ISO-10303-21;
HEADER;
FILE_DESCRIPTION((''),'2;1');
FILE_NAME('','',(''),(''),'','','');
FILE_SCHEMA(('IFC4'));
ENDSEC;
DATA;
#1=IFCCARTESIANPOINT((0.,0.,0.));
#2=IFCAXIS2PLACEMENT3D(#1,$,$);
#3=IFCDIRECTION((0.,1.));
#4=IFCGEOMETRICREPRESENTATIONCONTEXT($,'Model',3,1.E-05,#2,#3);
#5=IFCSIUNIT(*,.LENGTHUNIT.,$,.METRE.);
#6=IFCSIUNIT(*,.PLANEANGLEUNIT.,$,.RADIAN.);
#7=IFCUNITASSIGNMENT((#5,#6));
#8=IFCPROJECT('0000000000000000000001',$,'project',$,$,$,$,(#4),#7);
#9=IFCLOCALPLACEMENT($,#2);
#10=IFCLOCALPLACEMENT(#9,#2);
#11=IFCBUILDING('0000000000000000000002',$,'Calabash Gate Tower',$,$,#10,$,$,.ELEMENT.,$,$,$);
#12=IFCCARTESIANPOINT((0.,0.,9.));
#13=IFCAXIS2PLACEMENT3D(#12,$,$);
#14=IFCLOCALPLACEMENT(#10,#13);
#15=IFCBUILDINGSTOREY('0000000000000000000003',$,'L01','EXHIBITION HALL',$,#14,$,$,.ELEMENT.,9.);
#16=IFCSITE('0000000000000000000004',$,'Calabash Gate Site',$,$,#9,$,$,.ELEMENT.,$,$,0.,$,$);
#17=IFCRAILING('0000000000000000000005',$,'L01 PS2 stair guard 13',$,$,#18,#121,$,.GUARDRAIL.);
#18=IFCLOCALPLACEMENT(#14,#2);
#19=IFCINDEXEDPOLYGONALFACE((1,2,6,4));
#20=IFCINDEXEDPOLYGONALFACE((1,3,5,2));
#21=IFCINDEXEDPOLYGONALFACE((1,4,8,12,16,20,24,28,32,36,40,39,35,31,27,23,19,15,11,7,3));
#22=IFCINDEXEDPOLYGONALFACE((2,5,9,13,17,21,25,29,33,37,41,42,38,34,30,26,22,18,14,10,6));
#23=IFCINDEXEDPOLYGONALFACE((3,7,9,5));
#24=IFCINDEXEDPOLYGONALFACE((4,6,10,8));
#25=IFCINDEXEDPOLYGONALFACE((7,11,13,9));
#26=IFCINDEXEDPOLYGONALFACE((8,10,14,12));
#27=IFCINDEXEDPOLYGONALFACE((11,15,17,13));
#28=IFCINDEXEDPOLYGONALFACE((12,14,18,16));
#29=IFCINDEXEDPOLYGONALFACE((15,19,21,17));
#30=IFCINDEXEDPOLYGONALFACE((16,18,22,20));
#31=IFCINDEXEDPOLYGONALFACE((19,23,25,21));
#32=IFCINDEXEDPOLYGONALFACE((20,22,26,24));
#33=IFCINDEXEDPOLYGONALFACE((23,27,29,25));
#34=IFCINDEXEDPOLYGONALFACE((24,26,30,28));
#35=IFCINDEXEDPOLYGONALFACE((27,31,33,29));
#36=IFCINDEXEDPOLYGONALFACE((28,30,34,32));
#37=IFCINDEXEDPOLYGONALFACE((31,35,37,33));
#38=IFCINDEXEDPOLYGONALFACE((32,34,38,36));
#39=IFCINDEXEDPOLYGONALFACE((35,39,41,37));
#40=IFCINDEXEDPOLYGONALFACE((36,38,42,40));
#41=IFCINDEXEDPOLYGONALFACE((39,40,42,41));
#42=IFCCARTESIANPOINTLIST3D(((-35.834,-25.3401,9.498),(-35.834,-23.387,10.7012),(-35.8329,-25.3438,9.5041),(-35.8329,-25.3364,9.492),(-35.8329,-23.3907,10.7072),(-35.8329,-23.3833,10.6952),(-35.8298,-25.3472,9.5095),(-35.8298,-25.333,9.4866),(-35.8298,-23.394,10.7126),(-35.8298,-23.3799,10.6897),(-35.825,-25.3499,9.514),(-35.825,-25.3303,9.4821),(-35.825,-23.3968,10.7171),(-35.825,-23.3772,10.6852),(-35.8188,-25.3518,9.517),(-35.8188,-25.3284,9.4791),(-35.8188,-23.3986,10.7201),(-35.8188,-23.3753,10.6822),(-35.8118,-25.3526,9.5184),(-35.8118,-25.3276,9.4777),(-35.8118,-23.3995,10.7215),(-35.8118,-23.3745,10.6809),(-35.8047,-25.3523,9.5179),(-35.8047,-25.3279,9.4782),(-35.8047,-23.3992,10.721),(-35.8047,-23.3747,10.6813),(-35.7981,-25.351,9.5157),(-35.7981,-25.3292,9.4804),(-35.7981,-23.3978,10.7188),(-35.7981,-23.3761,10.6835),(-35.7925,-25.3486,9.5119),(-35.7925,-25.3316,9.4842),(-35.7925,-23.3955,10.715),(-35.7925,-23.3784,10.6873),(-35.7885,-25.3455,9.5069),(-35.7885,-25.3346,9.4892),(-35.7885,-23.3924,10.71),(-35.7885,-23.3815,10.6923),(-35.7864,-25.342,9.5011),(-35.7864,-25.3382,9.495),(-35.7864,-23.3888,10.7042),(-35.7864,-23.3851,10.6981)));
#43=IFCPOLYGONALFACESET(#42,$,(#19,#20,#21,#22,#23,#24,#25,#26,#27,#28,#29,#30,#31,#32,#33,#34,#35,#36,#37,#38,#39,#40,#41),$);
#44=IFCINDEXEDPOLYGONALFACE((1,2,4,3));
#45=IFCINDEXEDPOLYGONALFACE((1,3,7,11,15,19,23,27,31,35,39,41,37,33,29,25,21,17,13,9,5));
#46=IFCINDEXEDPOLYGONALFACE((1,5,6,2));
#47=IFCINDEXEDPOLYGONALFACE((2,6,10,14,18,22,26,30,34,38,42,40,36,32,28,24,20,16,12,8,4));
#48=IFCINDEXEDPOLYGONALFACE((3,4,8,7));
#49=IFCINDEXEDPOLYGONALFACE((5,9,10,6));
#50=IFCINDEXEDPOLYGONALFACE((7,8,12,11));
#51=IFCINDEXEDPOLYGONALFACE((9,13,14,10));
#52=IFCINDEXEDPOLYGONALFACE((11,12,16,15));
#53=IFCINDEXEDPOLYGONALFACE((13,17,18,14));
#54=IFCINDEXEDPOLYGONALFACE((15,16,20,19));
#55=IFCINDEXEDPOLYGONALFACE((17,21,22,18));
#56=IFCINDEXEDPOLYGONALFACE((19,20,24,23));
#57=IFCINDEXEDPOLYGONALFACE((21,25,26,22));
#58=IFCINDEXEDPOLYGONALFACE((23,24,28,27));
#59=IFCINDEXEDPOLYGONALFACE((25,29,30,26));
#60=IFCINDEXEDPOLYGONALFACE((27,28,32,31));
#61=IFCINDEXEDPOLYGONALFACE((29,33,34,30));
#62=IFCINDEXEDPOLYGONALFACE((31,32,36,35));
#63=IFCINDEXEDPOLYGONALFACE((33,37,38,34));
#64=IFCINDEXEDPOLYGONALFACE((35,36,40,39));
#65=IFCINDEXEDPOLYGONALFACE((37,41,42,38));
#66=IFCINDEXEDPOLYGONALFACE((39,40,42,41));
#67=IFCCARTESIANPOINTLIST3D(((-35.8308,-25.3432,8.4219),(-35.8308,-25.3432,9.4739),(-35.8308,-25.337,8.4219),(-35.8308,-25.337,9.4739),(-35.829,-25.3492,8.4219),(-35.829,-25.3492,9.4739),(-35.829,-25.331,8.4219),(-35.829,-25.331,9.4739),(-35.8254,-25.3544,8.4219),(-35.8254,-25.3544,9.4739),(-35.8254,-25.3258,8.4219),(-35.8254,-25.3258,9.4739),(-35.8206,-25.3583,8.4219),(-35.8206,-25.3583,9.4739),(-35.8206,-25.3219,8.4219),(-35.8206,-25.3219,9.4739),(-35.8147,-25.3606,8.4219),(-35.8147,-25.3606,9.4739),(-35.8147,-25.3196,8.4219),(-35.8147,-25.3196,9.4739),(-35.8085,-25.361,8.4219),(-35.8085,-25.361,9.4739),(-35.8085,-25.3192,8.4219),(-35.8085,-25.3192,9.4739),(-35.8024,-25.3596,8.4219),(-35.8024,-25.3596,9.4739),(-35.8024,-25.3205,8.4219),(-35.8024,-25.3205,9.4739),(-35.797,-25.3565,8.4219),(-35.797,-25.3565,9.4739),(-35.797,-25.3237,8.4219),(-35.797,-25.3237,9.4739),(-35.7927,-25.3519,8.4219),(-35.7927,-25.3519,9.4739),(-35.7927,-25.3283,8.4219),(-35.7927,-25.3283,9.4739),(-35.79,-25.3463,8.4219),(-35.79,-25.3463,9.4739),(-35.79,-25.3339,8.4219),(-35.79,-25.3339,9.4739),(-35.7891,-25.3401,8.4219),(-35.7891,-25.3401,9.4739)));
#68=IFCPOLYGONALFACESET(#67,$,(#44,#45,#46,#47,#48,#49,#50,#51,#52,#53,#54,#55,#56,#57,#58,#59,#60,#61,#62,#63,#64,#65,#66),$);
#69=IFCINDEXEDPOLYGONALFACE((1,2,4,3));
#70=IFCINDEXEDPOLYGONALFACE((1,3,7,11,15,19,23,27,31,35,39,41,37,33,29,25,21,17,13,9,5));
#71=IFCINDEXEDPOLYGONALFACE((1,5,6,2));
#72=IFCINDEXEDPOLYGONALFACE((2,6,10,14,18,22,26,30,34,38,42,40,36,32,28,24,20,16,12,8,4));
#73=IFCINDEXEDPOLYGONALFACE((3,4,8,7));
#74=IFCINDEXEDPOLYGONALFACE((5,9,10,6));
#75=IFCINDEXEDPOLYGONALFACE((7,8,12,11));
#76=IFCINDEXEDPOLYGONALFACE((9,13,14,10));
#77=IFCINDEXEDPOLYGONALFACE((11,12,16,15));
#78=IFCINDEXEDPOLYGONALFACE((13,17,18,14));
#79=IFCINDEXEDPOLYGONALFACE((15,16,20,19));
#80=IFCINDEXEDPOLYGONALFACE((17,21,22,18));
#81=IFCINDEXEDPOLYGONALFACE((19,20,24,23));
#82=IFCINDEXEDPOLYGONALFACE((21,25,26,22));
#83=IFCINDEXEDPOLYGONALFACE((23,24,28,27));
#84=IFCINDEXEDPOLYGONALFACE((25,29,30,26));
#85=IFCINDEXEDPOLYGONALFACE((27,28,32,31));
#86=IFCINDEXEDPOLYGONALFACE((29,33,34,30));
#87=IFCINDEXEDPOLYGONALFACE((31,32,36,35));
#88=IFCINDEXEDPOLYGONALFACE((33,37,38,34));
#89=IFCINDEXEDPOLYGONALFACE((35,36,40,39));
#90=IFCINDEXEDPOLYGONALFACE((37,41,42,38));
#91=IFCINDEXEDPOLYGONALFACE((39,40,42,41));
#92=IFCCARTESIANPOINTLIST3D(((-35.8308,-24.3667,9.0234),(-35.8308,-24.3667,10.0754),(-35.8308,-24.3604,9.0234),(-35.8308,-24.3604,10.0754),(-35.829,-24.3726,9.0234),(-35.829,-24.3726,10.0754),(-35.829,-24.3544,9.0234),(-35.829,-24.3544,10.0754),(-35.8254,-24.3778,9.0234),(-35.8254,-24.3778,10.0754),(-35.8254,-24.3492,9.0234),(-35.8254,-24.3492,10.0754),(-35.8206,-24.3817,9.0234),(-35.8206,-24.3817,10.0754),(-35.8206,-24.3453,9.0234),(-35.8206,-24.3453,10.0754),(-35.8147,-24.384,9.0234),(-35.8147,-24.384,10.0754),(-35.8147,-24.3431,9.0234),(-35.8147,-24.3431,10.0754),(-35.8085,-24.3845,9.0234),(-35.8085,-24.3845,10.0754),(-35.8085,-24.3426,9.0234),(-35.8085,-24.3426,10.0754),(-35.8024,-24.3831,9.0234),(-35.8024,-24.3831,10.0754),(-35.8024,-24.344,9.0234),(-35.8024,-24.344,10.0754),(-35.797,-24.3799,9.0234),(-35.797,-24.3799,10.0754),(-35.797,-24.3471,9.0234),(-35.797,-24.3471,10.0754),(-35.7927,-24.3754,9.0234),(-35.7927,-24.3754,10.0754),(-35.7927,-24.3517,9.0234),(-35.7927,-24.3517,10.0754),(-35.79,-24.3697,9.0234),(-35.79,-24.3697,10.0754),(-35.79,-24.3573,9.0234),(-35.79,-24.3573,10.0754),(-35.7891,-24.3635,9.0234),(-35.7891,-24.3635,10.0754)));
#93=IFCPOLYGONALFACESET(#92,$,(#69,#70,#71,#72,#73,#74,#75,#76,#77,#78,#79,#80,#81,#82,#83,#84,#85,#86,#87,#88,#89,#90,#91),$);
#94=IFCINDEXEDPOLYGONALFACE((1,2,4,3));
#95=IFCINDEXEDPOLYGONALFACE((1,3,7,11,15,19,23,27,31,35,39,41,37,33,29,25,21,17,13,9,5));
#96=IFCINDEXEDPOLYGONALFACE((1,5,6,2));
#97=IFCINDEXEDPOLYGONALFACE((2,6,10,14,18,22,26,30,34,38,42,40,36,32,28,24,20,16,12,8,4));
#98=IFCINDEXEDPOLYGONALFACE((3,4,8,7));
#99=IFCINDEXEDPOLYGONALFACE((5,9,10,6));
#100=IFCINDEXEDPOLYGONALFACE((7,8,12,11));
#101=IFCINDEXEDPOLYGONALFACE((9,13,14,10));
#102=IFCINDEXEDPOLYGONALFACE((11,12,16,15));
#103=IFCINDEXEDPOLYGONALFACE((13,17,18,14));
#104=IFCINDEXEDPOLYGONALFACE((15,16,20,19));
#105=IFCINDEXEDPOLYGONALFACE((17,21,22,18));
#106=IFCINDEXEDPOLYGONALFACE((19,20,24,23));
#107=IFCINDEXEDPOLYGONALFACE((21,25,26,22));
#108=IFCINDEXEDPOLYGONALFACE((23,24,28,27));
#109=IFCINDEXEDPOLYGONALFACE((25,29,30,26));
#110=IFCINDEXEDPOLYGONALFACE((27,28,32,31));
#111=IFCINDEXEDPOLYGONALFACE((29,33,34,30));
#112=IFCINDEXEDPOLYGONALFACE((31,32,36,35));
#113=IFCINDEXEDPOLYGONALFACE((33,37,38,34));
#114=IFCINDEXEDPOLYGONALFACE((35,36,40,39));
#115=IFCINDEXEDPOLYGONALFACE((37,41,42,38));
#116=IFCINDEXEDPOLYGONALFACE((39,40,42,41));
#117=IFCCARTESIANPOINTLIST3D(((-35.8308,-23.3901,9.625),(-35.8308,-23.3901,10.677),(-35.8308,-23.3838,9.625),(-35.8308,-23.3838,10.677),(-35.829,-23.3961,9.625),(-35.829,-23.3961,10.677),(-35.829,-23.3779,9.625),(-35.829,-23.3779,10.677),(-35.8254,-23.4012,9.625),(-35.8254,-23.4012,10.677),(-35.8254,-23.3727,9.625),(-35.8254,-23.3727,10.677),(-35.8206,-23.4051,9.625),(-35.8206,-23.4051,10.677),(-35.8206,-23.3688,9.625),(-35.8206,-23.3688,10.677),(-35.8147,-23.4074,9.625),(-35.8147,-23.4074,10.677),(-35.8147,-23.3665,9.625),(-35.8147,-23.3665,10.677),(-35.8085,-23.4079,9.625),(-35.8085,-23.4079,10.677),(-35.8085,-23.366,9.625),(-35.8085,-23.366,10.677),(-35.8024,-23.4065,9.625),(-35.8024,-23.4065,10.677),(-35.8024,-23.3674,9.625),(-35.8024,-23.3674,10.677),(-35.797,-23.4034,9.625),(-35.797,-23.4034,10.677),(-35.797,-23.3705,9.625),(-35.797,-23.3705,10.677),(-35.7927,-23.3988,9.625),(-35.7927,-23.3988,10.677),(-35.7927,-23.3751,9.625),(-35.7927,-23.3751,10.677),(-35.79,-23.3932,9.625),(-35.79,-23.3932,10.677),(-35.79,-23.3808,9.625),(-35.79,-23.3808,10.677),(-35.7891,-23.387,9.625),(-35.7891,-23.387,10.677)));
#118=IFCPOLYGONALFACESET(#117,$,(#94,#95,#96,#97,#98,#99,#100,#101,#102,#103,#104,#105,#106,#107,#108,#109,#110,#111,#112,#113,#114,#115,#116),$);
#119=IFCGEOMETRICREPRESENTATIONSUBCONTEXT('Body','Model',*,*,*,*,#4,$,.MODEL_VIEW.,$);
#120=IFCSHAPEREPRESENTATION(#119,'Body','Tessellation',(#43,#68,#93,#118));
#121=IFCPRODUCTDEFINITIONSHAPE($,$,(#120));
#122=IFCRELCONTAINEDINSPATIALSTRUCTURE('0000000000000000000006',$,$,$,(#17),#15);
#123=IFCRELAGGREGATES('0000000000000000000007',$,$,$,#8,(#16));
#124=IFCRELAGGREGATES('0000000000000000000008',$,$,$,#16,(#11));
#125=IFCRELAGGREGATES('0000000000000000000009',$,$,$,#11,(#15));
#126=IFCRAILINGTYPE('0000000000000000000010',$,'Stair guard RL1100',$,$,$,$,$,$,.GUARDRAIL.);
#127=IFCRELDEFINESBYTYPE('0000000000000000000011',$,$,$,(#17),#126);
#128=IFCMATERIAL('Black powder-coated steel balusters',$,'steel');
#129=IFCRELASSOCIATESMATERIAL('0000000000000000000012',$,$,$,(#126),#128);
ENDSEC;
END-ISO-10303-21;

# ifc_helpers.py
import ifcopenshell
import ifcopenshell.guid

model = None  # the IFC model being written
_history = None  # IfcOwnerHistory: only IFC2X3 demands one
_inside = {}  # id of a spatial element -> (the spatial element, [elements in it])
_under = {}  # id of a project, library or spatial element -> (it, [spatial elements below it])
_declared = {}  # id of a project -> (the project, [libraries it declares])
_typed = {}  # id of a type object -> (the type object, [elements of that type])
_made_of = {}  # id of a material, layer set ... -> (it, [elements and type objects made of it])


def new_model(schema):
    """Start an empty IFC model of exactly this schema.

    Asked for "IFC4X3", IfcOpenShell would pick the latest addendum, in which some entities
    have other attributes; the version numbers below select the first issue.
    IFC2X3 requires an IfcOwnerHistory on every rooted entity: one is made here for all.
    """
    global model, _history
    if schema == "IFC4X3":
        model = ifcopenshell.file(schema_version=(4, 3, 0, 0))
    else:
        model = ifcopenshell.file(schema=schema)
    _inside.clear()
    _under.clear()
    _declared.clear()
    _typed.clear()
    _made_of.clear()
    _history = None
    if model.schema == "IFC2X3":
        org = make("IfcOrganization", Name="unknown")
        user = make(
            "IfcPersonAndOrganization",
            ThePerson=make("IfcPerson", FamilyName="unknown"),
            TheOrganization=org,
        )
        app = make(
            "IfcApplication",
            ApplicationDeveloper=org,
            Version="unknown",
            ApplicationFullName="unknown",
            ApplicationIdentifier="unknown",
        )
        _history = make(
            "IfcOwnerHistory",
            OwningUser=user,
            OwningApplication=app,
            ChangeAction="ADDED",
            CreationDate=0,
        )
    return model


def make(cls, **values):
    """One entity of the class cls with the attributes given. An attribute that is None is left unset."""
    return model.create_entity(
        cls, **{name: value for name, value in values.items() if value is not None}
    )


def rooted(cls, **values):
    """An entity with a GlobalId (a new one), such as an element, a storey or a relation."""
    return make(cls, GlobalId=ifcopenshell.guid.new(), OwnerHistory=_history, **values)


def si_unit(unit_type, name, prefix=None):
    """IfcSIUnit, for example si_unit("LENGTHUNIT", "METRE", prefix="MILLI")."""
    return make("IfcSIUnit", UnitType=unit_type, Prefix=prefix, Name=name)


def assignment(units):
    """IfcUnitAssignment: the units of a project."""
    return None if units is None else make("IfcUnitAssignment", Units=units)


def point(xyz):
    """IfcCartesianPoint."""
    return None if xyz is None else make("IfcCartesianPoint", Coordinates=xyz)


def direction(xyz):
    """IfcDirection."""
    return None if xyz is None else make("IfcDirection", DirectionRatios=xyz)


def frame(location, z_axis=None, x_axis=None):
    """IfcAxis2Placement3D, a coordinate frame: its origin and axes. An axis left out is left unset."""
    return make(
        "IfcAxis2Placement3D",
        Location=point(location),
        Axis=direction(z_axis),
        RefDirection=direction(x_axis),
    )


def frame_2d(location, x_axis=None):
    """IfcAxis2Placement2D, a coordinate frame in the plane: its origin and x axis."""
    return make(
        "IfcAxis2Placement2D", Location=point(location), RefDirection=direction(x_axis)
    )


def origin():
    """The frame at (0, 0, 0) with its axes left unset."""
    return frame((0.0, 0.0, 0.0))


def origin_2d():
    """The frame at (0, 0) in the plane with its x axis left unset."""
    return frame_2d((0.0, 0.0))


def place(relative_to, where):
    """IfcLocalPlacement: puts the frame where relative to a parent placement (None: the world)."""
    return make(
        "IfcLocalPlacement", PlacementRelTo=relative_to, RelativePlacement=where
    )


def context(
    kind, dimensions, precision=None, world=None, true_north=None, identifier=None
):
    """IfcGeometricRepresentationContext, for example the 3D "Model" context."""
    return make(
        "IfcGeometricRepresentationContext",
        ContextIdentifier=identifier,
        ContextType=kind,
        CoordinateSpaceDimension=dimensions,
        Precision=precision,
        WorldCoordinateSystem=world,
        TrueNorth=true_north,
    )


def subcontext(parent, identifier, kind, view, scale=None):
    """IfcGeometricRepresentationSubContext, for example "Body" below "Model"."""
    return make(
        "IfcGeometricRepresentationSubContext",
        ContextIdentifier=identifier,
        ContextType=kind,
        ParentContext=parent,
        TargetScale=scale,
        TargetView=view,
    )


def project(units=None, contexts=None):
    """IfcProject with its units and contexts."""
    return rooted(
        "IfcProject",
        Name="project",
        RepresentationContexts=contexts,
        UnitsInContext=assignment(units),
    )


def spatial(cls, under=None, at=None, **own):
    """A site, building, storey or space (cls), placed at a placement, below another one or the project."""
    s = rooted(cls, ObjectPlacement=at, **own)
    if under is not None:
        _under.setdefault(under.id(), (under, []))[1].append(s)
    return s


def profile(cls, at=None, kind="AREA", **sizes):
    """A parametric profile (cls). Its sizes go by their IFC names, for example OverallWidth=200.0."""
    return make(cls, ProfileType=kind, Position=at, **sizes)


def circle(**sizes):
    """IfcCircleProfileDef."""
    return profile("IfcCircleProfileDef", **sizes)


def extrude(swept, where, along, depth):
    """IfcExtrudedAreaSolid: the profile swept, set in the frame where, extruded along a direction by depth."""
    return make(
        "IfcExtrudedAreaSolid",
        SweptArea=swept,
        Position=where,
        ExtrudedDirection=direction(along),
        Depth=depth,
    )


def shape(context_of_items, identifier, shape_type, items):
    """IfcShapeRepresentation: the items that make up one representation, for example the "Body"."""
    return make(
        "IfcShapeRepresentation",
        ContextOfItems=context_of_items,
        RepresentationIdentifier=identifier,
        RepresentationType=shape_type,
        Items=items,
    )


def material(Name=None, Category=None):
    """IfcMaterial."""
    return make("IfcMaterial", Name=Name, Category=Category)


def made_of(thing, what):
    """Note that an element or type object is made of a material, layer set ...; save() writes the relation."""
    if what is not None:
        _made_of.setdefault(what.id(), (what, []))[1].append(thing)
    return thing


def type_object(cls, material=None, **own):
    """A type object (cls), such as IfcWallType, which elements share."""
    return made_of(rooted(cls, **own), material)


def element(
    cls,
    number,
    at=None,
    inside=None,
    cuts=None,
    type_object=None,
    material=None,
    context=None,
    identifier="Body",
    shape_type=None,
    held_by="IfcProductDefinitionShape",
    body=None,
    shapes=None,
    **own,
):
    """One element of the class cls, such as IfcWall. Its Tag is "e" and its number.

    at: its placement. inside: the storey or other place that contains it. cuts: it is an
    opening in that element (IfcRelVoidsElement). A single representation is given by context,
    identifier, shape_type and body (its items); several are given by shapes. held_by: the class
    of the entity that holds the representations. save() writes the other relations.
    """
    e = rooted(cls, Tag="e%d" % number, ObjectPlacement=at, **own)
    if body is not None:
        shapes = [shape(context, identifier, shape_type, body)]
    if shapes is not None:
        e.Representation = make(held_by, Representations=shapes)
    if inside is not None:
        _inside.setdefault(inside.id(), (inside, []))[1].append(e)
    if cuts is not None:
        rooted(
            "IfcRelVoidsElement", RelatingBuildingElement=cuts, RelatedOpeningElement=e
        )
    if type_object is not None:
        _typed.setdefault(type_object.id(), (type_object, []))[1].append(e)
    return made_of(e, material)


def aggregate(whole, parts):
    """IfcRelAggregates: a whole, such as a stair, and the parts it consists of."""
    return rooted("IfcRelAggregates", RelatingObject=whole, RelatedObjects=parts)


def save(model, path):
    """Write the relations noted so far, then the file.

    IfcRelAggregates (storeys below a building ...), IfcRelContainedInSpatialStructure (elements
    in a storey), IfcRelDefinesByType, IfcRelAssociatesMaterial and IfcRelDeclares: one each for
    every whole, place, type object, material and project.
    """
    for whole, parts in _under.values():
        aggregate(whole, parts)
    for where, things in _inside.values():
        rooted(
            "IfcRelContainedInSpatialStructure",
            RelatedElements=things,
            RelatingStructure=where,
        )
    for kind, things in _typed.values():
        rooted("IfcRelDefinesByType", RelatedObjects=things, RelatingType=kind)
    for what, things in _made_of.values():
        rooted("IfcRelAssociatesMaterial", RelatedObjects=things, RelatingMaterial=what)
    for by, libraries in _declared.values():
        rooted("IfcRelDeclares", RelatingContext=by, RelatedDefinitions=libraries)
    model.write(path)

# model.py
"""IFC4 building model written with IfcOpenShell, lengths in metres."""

from ifc_helpers import new_model, si_unit, direction, frame, origin, origin_2d, place, context, subcontext, project, spatial, circle, extrude, material, type_object, element, save


model = new_model("IFC4")

# Units and contexts
model_context = context("Model", 3, precision=1e-05, world=origin(), true_north=direction((0.0, 1.0)))
body_context = subcontext(model_context, "Body", "Model", "MODEL_VIEW")
ifc_project = project(units=[si_unit("LENGTHUNIT", "METRE"), si_unit("PLANEANGLEUNIT", "RADIAN")], contexts=[model_context])

# Site, building, storey
site_placement = place(None, origin())
site = spatial("IfcSite", under=ifc_project, at=site_placement, Name="Calabash Gate Site", CompositionType="ELEMENT", RefElevation=0.0)
building_placement = place(site_placement, origin())
building = spatial("IfcBuilding", under=site, at=building_placement, Name="Calabash Gate Tower", CompositionType="ELEMENT")
storey_placement = place(building_placement, frame((0.0, 0.0, 9.0)))
storey = spatial("IfcBuildingStorey", under=building, at=storey_placement, Name="L01", Description="EXHIBITION HALL", CompositionType="ELEMENT", Elevation=9.0)

# Railing
ifc_material_1 = material(Name="Black powder-coated steel balusters", Category="steel")
railing_type_1 = type_object("IfcRailingType", Name="Stair guard RL1100", PredefinedType="GUARDRAIL", material=ifc_material_1)
for number, where, name in (
    (1, (-35.8101, -25.3401, 8.4219), "L01 PS2 stair guard 13"),
):
    element("IfcRailing", number, at=place(storey_placement, frame(where)), inside=storey, type_object=railing_type_1, Name=name, PredefinedType="GUARDRAIL", context=body_context, shape_type="SweptSolid", body=[
        extrude(circle(Radius=0.0239, at=origin_2d()), frame((0.0, 0.0, 1.0762), z_axis=(0.0, 0.851424, 0.524477), x_axis=(-1.0, 0.0, 0.0)), (0.0, 0.0, 1.0), 2.2939),
        extrude(circle(Radius=0.021, at=origin_2d()), origin(), (0.0, 0.0, 1.0), 1.052),
        extrude(circle(Radius=0.021, at=origin_2d()), frame((0.0, 0.9766, 0.6016)), (0.0, 0.0, 1.0), 1.052),
        extrude(circle(Radius=0.021, at=origin_2d()), frame((0.0, 1.9531, 1.2031)), (0.0, 0.0, 1.0), 1.052),
    ])

save(model, "model.ifc")
